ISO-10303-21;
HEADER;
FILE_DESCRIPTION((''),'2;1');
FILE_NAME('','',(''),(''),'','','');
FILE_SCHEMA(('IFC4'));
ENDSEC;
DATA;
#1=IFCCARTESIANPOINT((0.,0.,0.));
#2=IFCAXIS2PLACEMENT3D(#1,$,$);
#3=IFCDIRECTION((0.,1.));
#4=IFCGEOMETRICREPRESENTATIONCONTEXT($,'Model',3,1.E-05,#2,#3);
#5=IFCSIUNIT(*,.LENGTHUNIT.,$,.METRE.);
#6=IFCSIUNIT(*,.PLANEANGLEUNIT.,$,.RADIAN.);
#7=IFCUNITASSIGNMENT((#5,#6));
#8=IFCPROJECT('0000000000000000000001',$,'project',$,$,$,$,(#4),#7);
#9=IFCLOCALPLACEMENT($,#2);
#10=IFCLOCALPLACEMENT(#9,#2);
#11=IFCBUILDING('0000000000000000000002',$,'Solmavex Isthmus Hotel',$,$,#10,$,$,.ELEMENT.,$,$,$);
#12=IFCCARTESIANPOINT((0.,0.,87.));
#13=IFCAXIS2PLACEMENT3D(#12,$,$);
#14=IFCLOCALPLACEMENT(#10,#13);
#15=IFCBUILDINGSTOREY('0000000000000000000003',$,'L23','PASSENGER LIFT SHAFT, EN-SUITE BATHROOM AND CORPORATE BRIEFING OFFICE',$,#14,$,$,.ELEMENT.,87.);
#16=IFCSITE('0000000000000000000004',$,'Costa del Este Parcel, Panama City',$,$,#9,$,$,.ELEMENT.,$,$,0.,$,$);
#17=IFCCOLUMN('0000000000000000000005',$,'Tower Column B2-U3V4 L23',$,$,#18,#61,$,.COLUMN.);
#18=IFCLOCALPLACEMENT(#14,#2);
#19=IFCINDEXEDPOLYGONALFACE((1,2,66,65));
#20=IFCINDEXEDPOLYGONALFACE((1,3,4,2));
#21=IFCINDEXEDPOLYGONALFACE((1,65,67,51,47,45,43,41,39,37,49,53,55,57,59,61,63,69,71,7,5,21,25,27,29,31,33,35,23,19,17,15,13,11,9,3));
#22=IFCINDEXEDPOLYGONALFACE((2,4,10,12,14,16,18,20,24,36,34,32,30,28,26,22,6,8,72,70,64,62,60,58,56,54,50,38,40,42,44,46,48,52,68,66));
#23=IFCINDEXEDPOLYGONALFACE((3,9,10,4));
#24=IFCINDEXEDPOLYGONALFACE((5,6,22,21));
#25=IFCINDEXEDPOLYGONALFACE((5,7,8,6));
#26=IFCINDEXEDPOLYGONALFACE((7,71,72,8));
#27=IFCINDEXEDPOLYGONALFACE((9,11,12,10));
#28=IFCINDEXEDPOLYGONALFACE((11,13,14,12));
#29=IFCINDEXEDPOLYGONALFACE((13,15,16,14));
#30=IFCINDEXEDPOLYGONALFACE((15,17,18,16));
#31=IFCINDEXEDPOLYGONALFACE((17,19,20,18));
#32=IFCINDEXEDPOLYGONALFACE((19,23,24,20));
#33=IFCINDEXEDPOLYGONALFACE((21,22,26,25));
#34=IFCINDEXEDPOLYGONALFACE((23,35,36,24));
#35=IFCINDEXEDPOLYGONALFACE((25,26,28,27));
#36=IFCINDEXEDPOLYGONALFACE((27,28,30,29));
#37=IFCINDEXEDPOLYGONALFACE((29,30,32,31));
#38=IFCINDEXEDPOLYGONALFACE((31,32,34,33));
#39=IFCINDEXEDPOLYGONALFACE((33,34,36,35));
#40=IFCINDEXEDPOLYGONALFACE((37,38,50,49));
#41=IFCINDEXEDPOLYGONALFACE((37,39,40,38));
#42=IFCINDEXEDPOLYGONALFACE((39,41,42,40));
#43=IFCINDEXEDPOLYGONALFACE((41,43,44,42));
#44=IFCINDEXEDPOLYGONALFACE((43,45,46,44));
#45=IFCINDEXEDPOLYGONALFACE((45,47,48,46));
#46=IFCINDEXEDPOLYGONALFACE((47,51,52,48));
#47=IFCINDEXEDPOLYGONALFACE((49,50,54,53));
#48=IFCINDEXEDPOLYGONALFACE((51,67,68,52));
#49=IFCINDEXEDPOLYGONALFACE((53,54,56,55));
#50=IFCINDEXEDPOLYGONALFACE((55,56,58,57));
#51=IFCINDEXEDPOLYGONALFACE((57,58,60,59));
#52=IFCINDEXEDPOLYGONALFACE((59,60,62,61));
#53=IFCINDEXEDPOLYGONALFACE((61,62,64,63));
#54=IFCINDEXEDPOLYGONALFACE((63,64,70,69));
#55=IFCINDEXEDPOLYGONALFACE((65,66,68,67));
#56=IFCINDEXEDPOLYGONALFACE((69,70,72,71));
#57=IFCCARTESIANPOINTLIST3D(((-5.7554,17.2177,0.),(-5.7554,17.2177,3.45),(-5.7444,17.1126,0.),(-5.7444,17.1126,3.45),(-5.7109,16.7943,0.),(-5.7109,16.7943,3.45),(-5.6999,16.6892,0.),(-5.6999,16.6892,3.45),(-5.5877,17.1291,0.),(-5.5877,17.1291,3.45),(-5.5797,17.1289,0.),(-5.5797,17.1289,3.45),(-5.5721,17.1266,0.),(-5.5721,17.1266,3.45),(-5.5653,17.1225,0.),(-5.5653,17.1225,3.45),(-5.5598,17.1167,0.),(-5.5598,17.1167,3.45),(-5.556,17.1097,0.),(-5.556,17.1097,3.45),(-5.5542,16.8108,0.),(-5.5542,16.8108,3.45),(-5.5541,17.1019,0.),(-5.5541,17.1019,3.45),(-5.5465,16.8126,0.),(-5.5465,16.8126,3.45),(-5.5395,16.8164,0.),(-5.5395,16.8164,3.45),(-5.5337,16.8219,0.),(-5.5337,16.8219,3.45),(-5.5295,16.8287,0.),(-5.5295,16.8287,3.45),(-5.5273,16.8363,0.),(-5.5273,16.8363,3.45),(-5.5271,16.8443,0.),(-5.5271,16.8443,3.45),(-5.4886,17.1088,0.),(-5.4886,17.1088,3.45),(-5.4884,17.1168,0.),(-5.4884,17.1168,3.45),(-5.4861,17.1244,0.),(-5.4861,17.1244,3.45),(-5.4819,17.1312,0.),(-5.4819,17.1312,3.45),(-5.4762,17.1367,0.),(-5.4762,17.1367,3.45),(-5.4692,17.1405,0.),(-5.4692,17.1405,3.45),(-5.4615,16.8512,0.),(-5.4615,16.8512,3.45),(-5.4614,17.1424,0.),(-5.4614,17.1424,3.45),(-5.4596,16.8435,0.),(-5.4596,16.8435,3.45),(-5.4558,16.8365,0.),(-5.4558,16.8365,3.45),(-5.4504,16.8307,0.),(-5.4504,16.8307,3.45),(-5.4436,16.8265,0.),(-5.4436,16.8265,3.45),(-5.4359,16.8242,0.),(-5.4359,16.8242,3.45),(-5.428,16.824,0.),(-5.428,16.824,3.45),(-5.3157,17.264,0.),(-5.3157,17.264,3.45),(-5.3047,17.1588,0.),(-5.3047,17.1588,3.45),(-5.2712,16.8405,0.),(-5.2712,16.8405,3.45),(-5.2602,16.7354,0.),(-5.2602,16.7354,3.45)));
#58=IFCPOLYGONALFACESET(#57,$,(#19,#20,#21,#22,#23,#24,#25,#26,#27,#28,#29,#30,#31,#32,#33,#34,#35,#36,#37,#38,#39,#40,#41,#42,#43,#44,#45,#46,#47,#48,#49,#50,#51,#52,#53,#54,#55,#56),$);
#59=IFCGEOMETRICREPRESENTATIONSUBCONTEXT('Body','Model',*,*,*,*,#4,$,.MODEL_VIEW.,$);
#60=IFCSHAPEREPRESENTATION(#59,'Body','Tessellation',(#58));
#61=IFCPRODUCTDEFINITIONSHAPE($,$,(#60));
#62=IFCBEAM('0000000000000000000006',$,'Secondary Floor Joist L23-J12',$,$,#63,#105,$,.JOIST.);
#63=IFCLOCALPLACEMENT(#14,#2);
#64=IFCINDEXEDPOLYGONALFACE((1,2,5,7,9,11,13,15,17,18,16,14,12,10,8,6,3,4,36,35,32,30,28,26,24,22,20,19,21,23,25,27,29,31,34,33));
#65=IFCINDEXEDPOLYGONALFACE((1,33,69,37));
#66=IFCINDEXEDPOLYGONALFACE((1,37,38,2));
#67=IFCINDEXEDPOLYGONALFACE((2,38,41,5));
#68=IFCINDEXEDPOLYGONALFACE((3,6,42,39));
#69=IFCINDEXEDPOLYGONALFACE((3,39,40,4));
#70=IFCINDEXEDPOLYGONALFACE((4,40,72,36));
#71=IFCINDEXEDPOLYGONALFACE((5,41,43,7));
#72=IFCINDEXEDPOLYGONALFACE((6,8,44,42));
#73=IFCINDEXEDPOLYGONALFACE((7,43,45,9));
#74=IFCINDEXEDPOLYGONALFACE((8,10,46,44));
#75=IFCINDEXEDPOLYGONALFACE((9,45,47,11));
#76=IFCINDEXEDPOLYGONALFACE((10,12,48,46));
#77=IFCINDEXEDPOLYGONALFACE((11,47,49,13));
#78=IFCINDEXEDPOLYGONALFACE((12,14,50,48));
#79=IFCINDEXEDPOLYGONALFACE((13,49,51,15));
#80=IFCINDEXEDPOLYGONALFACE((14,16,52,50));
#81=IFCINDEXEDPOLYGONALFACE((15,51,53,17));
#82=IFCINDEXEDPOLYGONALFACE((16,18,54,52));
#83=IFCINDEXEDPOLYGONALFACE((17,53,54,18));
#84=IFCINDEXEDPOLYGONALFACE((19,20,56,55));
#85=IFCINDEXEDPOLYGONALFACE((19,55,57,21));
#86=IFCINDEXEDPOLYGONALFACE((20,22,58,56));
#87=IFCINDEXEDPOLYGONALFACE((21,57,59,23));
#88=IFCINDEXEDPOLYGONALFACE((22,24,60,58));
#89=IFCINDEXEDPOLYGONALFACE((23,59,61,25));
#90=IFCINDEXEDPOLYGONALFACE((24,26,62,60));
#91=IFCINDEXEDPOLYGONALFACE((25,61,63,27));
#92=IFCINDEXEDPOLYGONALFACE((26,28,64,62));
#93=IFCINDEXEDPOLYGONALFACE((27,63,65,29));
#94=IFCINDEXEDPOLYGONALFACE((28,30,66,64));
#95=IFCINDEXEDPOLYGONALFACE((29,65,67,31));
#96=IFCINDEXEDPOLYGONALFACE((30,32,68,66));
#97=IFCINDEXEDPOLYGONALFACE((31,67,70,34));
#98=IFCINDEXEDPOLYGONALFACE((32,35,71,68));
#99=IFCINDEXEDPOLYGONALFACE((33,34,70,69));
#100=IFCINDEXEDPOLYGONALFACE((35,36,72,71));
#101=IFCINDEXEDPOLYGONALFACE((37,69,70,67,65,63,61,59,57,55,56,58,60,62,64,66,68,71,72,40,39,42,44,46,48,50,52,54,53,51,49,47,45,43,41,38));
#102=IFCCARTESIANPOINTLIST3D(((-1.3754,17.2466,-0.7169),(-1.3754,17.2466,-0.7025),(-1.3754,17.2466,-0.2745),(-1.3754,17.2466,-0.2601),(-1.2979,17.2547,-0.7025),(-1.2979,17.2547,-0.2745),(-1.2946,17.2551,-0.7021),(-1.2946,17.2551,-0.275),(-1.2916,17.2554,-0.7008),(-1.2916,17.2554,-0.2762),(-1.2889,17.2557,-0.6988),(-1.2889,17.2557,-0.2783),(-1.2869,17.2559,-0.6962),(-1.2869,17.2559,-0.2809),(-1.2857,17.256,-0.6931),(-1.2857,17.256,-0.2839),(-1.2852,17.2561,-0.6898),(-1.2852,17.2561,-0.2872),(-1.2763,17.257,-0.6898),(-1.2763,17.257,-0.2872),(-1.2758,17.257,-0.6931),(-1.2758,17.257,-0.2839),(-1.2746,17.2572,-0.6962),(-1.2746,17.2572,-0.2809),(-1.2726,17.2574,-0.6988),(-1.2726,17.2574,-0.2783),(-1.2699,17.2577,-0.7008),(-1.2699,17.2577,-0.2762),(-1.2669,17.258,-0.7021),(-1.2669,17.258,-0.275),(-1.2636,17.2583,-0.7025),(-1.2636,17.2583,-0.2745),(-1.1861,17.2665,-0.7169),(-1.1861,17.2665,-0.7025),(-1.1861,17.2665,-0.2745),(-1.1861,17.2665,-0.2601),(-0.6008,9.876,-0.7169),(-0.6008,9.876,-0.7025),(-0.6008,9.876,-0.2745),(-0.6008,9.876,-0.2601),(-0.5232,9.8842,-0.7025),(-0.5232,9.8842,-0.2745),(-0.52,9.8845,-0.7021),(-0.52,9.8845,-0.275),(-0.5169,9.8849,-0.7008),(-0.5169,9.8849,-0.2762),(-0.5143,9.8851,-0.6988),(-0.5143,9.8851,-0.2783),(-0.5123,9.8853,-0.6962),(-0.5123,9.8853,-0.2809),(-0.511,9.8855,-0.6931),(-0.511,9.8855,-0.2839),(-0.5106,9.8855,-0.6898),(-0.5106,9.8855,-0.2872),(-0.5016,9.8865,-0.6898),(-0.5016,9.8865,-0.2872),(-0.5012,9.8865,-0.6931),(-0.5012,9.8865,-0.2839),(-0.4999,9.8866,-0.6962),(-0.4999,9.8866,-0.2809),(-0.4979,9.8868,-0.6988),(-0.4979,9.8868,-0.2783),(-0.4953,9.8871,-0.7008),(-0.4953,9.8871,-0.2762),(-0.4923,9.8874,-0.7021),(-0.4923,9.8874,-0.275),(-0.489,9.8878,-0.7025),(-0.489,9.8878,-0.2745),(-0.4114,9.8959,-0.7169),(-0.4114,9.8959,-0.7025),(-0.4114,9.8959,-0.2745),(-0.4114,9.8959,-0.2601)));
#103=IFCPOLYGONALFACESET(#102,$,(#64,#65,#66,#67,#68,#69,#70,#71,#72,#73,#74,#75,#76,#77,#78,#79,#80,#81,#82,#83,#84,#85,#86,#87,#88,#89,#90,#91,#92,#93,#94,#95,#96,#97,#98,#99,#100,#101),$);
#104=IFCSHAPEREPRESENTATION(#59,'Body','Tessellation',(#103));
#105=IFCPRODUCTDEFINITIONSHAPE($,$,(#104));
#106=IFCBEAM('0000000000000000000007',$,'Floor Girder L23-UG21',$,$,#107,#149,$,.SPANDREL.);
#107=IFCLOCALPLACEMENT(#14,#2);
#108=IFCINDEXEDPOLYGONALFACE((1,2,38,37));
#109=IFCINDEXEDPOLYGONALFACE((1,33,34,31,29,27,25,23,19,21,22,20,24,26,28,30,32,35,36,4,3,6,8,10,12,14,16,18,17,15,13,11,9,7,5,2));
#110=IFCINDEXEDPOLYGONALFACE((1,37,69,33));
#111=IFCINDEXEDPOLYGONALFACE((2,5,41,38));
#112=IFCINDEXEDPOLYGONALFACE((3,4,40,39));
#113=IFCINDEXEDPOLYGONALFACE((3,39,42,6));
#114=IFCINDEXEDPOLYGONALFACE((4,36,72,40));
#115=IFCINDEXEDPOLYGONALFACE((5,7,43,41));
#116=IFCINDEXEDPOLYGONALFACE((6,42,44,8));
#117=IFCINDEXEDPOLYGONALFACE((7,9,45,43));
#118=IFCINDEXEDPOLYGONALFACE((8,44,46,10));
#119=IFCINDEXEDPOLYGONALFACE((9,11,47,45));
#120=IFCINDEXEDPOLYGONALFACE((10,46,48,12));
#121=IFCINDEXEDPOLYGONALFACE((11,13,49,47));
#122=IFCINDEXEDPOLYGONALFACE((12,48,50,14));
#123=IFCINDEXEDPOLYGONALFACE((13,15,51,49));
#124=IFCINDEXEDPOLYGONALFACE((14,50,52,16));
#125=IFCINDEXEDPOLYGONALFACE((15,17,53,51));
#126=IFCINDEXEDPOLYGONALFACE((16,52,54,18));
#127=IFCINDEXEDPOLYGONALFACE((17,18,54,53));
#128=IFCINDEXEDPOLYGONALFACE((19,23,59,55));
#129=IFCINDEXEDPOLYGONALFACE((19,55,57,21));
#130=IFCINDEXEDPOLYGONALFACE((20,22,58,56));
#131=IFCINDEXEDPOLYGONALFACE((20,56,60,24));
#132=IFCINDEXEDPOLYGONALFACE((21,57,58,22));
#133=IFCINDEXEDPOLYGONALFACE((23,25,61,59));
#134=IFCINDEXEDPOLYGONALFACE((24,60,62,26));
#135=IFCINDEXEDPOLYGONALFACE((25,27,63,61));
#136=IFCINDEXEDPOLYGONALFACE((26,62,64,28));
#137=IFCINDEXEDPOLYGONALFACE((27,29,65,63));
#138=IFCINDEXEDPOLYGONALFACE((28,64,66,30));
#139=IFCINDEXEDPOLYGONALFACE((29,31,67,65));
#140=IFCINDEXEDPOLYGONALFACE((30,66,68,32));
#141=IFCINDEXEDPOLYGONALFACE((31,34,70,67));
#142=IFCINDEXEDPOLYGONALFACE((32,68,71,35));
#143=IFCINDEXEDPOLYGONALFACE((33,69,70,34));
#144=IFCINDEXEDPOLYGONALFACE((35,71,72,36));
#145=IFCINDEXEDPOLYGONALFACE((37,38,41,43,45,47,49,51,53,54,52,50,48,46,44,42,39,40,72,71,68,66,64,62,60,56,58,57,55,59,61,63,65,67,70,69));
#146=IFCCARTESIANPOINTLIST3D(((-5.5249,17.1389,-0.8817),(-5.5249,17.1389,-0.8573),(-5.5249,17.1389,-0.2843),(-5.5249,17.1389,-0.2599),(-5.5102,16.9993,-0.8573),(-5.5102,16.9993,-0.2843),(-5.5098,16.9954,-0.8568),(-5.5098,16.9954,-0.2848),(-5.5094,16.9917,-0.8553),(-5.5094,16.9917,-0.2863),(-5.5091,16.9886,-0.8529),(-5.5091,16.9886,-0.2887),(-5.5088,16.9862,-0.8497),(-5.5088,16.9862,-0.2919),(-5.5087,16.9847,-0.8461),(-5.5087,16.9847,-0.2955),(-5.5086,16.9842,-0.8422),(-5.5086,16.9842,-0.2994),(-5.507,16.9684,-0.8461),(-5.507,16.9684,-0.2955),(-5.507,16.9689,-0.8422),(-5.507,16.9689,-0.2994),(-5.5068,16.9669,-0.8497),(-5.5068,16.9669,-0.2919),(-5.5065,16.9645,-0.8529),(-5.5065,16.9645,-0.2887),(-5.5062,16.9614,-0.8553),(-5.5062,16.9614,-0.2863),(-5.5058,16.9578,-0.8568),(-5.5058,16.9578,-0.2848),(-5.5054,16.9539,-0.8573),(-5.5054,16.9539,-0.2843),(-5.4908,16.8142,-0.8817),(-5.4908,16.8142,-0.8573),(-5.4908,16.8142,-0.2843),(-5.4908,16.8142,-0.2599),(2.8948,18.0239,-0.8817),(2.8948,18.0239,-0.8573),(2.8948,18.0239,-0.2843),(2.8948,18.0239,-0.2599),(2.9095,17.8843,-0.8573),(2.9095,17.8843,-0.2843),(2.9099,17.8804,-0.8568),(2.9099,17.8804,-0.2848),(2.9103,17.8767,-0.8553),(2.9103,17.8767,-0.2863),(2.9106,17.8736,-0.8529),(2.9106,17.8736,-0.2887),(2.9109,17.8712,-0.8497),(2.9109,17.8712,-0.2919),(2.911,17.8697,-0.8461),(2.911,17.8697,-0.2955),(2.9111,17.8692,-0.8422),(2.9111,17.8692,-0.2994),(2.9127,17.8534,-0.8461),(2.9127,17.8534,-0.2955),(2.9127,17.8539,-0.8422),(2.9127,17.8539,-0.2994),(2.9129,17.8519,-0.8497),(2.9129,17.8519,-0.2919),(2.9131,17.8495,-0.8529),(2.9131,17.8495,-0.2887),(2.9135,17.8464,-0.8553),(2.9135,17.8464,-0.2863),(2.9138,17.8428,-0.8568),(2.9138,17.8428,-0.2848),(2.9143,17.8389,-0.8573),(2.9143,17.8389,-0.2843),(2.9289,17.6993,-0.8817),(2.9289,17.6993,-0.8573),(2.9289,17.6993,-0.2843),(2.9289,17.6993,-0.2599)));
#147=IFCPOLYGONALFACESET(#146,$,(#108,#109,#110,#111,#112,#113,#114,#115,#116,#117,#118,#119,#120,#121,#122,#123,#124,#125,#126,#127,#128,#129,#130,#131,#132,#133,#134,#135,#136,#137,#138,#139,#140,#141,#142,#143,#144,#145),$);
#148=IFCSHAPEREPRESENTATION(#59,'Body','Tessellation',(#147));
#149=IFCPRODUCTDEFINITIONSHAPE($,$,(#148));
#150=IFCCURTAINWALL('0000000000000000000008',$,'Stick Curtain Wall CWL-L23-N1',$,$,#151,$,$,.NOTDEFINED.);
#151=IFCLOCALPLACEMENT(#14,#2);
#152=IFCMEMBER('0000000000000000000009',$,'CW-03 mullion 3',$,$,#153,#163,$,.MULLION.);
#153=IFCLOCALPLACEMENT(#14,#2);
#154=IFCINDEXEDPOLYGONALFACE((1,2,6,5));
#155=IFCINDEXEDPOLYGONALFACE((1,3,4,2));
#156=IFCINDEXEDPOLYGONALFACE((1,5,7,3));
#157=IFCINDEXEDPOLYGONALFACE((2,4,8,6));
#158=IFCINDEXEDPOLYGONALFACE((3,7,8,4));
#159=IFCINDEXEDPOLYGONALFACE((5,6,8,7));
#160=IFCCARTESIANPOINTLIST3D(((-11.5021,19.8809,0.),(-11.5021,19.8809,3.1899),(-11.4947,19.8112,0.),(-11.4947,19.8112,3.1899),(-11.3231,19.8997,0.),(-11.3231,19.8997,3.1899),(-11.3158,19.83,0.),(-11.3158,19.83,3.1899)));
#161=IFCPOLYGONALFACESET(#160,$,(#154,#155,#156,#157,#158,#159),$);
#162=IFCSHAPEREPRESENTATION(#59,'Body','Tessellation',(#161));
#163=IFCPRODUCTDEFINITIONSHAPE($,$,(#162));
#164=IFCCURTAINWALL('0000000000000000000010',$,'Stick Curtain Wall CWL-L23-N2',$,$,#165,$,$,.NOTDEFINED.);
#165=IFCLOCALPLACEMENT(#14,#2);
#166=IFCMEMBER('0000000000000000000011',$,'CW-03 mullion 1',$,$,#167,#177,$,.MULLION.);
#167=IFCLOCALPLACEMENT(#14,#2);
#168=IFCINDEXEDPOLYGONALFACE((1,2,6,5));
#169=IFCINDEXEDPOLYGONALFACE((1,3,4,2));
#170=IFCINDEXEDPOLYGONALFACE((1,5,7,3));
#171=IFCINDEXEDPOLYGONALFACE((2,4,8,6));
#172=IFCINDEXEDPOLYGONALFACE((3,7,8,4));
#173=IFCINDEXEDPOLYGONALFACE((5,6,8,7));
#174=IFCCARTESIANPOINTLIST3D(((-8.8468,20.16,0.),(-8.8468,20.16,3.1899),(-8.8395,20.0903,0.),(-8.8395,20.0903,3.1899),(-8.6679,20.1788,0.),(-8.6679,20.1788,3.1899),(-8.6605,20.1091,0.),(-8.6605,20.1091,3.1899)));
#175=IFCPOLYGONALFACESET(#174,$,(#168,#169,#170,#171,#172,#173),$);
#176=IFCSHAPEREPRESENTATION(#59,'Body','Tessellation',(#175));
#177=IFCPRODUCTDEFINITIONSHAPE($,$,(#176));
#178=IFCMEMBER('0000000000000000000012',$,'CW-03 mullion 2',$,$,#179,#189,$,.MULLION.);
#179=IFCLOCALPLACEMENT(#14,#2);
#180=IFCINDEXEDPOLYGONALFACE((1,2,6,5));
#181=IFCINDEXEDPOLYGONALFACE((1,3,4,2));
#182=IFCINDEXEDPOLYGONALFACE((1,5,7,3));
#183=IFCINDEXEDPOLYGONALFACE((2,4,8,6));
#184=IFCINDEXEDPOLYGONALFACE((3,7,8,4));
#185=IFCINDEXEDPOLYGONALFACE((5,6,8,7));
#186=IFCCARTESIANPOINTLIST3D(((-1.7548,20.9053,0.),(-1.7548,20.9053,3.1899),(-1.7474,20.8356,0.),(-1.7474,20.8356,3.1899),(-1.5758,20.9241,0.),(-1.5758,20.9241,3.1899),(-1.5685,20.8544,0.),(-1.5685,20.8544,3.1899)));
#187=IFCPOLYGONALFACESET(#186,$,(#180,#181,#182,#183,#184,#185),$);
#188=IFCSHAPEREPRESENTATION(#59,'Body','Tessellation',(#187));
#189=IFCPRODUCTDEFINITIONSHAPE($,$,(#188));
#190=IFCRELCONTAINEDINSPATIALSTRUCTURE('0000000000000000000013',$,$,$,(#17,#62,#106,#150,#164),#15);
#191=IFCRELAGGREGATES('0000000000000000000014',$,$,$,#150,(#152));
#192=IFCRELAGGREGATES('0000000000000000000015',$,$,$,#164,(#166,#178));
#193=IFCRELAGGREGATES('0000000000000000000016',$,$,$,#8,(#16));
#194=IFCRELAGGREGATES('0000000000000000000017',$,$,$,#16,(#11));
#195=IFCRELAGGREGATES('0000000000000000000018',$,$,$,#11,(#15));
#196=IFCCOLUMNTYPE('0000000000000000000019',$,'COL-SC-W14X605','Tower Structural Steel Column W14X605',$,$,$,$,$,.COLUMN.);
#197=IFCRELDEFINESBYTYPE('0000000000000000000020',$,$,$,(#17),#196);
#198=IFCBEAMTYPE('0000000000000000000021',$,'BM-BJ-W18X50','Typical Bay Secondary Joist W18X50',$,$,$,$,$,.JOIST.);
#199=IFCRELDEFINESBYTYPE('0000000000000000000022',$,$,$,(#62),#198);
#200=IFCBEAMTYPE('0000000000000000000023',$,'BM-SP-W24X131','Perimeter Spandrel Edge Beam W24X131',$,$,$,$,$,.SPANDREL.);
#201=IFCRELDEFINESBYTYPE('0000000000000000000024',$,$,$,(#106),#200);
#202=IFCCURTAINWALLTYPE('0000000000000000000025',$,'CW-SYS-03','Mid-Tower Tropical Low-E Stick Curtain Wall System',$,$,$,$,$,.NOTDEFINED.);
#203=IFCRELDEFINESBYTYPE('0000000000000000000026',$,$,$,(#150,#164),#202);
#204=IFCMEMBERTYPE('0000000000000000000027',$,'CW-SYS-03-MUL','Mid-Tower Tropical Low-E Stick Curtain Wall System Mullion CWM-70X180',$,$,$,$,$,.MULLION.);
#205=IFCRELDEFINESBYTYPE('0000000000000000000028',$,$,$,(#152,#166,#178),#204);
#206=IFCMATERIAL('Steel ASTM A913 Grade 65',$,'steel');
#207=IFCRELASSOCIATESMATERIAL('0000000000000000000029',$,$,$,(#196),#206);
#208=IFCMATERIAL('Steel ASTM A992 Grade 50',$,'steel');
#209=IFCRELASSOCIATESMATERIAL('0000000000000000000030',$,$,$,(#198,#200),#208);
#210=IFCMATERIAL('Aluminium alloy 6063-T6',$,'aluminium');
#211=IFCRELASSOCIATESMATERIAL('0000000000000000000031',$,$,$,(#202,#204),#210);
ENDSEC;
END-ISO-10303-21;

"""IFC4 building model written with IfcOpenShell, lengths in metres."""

from ifc_helpers import new_model, si_unit, direction, frame, origin, origin_2d, place, context, subcontext, project, spatial, rectangle, i_section, extrude, material, material_profile, profile_set, type_object, element, aggregate, save


model = new_model("IFC4")

# Units and contexts
model_context = context("Model", 3, precision=1e-05, world=origin(), true_north=direction((0.0, 1.0)))
body_context = subcontext(model_context, "Body", "Model", "MODEL_VIEW")
ifc_project = project(units=[si_unit("LENGTHUNIT", "METRE"), si_unit("PLANEANGLEUNIT", "RADIAN")], contexts=[model_context])

# Site, building, storey
site_placement = place(None, origin())
site = spatial("IfcSite", under=ifc_project, at=site_placement, Name="Costa del Este Parcel, Panama City", CompositionType="ELEMENT", RefElevation=0.0)
building_placement = place(site_placement, origin())
building = spatial("IfcBuilding", under=site, at=building_placement, Name="Solmavex Isthmus Hotel", CompositionType="ELEMENT")
storey_placement = place(building_placement, frame((0.0, 0.0, 87.0)))
storey = spatial("IfcBuildingStorey", under=building, at=storey_placement, Name="L23", Description="PASSENGER LIFT SHAFT, EN-SUITE BATHROOM AND CORPORATE BRIEFING OFFICE", CompositionType="ELEMENT", Elevation=87.0)

# Column
ifc_material_1 = material(Name="Steel ASTM A913 Grade 65", Category="steel")
ifc_material_profile_1 = material_profile(ifc_material_1, i_section(OverallWidth=0.4421, OverallDepth=0.5315, WebThickness=0.0659, FlangeThickness=0.1057, FilletRadius=0.0305, at=origin_2d()), Name="W14X605")
ifc_profile_set_1 = profile_set([ifc_material_profile_1], Name="Steel ASTM A913 Grade 65")
column_type = type_object("IfcColumnType", Name="COL-SC-W14X605", Description="Tower Structural Steel Column W14X605", PredefinedType="COLUMN", material=ifc_profile_set_1)
column_placement = place(storey_placement, frame((-5.5078, 16.9766, 0.0), z_axis=(0.0, 0.0, 1.0), x_axis=(0.994522, 0.104528, 0.0)))
element("IfcColumn", 1, at=column_placement, inside=storey, type_object=column_type, Name="Tower Column B2-U3V4 L23", PredefinedType="COLUMN", context=body_context, shape_type="SweptSolid", body=[
    extrude(i_section(OverallWidth=0.4421, OverallDepth=0.5315, WebThickness=0.0659, FlangeThickness=0.1057, FilletRadius=0.0305, at=origin_2d()), origin(), (0.0, 0.0, 1.0), 3.45),
])

# Beams
ifc_material_2 = material(Name="Steel ASTM A992 Grade 50", Category="steel")
ifc_material_profile_2 = material_profile(ifc_material_2, i_section(OverallWidth=0.1904, OverallDepth=0.4568, WebThickness=0.009, FlangeThickness=0.0144, FilletRadius=0.0127, at=origin_2d()), Name="W18X50")
ifc_profile_set_2 = profile_set([ifc_material_profile_2], Name="Steel ASTM A992 Grade 50")
beam_type_1 = type_object("IfcBeamType", Name="BM-BJ-W18X50", Description="Typical Bay Secondary Joist W18X50", PredefinedType="JOIST", material=ifc_profile_set_2)
beam_1_placement = place(storey_placement, frame((-0.5061, 9.886, -0.4885), z_axis=(-0.104525, 0.994522, 0.0), x_axis=(-0.994522, -0.104525, 0.0)))
element("IfcBeam", 2, at=beam_1_placement, inside=storey, type_object=beam_type_1, Name="Secondary Floor Joist L23-J12", PredefinedType="JOIST", context=body_context, shape_type="SweptSolid", body=[
    extrude(i_section(OverallWidth=0.1904, OverallDepth=0.4568, WebThickness=0.009, FlangeThickness=0.0144, FilletRadius=0.0127, at=origin_2d()), origin(), (0.0, 0.0, 1.0), 7.4111),
])
ifc_material_profile_3 = material_profile(ifc_material_2, i_section(OverallWidth=0.3264, OverallDepth=0.6218, WebThickness=0.0154, FlangeThickness=0.0244, FilletRadius=0.0151, at=origin_2d()), Name="W24X131")
ifc_profile_set_3 = profile_set([ifc_material_profile_3], Name="Steel ASTM A992 Grade 50")
beam_type_2 = type_object("IfcBeamType", Name="BM-SP-W24X131", Description="Perimeter Spandrel Edge Beam W24X131", PredefinedType="SPANDREL", material=ifc_profile_set_3)
beam_2_placement = place(storey_placement, frame((-5.5078, 16.9766, -0.5708), z_axis=(0.994521, 0.104536, 0.0), x_axis=(-0.104536, 0.994521, 0.0)))
element("IfcBeam", 3, at=beam_2_placement, inside=storey, type_object=beam_type_2, Name="Floor Girder L23-UG21", PredefinedType="SPANDREL", context=body_context, shape_type="SweptSolid", body=[
    extrude(i_section(OverallWidth=0.3264, OverallDepth=0.6218, WebThickness=0.0154, FlangeThickness=0.0244, FilletRadius=0.0151, at=origin_2d()), origin(), (0.0, 0.0, 1.0), 8.4661),
])

# Curtain wall, member
ifc_material_3 = material(Name="Aluminium alloy 6063-T6", Category="aluminium")
curtain_wall_type = type_object("IfcCurtainWallType", Name="CW-SYS-03", Description="Mid-Tower Tropical Low-E Stick Curtain Wall System", PredefinedType="NOTDEFINED", material=ifc_material_3)
curtain_wall_1_placement = place(storey_placement, origin())
curtain_wall_1 = element("IfcCurtainWall", 4, at=curtain_wall_1_placement, inside=storey, type_object=curtain_wall_type, Name="Stick Curtain Wall CWL-L23-N1", PredefinedType="NOTDEFINED")
ifc_material_profile_4 = material_profile(ifc_material_3, rectangle(XDim=0.0701, YDim=0.1799, at=origin_2d()), Name="CWM-70X180")
ifc_profile_set_4 = profile_set([ifc_material_profile_4], Name="Aluminium alloy 6063-T6")
member_type_1 = type_object("IfcMemberType", Name="CW-SYS-03-MUL", Description="Mid-Tower Tropical Low-E Stick Curtain Wall System Mullion CWM-70X180", PredefinedType="MULLION", material=ifc_profile_set_4)
member_1_placement = place(storey_placement, frame((-11.4089, 19.8555, 0.0), z_axis=(0.0, 0.0, 1.0), x_axis=(-0.104528, 0.994522, 0.0)))
member_1 = element("IfcMember", 5, at=member_1_placement, type_object=member_type_1, Name="CW-03 mullion 3", PredefinedType="MULLION", context=body_context, shape_type="SweptSolid", body=[
    extrude(rectangle(XDim=0.0701, YDim=0.1799, at=origin_2d()), origin(), (0.0, 0.0, 1.0), 3.1899),
])
aggregate(curtain_wall_1, [member_1])

# Curtain wall, members
curtain_wall_2_placement = place(storey_placement, origin())
curtain_wall_2 = element("IfcCurtainWall", 6, at=curtain_wall_2_placement, inside=storey, type_object=curtain_wall_type, Name="Stick Curtain Wall CWL-L23-N2", PredefinedType="NOTDEFINED")
member_2_placement = place(storey_placement, frame((-8.7537, 20.1345, 0.0), z_axis=(0.0, 0.0, 1.0), x_axis=(-0.104528, 0.994522, 0.0)))
member_2 = element("IfcMember", 7, at=member_2_placement, type_object=member_type_1, Name="CW-03 mullion 1", PredefinedType="MULLION", context=body_context, shape_type="SweptSolid", body=[
    extrude(rectangle(XDim=0.0701, YDim=0.1799, at=origin_2d()), origin(), (0.0, 0.0, 1.0), 3.1899),
])
member_3_placement = place(storey_placement, frame((-1.6616, 20.8799, 0.0), z_axis=(0.0, 0.0, 1.0), x_axis=(-0.104528, 0.994522, 0.0)))
member_3 = element("IfcMember", 8, at=member_3_placement, type_object=member_type_1, Name="CW-03 mullion 2", PredefinedType="MULLION", context=body_context, shape_type="SweptSolid", body=[
    extrude(rectangle(XDim=0.0701, YDim=0.1799, at=origin_2d()), origin(), (0.0, 0.0, 1.0), 3.1899),
])
aggregate(curtain_wall_2, [member_2, member_3])

save(model, "model.ifc")
